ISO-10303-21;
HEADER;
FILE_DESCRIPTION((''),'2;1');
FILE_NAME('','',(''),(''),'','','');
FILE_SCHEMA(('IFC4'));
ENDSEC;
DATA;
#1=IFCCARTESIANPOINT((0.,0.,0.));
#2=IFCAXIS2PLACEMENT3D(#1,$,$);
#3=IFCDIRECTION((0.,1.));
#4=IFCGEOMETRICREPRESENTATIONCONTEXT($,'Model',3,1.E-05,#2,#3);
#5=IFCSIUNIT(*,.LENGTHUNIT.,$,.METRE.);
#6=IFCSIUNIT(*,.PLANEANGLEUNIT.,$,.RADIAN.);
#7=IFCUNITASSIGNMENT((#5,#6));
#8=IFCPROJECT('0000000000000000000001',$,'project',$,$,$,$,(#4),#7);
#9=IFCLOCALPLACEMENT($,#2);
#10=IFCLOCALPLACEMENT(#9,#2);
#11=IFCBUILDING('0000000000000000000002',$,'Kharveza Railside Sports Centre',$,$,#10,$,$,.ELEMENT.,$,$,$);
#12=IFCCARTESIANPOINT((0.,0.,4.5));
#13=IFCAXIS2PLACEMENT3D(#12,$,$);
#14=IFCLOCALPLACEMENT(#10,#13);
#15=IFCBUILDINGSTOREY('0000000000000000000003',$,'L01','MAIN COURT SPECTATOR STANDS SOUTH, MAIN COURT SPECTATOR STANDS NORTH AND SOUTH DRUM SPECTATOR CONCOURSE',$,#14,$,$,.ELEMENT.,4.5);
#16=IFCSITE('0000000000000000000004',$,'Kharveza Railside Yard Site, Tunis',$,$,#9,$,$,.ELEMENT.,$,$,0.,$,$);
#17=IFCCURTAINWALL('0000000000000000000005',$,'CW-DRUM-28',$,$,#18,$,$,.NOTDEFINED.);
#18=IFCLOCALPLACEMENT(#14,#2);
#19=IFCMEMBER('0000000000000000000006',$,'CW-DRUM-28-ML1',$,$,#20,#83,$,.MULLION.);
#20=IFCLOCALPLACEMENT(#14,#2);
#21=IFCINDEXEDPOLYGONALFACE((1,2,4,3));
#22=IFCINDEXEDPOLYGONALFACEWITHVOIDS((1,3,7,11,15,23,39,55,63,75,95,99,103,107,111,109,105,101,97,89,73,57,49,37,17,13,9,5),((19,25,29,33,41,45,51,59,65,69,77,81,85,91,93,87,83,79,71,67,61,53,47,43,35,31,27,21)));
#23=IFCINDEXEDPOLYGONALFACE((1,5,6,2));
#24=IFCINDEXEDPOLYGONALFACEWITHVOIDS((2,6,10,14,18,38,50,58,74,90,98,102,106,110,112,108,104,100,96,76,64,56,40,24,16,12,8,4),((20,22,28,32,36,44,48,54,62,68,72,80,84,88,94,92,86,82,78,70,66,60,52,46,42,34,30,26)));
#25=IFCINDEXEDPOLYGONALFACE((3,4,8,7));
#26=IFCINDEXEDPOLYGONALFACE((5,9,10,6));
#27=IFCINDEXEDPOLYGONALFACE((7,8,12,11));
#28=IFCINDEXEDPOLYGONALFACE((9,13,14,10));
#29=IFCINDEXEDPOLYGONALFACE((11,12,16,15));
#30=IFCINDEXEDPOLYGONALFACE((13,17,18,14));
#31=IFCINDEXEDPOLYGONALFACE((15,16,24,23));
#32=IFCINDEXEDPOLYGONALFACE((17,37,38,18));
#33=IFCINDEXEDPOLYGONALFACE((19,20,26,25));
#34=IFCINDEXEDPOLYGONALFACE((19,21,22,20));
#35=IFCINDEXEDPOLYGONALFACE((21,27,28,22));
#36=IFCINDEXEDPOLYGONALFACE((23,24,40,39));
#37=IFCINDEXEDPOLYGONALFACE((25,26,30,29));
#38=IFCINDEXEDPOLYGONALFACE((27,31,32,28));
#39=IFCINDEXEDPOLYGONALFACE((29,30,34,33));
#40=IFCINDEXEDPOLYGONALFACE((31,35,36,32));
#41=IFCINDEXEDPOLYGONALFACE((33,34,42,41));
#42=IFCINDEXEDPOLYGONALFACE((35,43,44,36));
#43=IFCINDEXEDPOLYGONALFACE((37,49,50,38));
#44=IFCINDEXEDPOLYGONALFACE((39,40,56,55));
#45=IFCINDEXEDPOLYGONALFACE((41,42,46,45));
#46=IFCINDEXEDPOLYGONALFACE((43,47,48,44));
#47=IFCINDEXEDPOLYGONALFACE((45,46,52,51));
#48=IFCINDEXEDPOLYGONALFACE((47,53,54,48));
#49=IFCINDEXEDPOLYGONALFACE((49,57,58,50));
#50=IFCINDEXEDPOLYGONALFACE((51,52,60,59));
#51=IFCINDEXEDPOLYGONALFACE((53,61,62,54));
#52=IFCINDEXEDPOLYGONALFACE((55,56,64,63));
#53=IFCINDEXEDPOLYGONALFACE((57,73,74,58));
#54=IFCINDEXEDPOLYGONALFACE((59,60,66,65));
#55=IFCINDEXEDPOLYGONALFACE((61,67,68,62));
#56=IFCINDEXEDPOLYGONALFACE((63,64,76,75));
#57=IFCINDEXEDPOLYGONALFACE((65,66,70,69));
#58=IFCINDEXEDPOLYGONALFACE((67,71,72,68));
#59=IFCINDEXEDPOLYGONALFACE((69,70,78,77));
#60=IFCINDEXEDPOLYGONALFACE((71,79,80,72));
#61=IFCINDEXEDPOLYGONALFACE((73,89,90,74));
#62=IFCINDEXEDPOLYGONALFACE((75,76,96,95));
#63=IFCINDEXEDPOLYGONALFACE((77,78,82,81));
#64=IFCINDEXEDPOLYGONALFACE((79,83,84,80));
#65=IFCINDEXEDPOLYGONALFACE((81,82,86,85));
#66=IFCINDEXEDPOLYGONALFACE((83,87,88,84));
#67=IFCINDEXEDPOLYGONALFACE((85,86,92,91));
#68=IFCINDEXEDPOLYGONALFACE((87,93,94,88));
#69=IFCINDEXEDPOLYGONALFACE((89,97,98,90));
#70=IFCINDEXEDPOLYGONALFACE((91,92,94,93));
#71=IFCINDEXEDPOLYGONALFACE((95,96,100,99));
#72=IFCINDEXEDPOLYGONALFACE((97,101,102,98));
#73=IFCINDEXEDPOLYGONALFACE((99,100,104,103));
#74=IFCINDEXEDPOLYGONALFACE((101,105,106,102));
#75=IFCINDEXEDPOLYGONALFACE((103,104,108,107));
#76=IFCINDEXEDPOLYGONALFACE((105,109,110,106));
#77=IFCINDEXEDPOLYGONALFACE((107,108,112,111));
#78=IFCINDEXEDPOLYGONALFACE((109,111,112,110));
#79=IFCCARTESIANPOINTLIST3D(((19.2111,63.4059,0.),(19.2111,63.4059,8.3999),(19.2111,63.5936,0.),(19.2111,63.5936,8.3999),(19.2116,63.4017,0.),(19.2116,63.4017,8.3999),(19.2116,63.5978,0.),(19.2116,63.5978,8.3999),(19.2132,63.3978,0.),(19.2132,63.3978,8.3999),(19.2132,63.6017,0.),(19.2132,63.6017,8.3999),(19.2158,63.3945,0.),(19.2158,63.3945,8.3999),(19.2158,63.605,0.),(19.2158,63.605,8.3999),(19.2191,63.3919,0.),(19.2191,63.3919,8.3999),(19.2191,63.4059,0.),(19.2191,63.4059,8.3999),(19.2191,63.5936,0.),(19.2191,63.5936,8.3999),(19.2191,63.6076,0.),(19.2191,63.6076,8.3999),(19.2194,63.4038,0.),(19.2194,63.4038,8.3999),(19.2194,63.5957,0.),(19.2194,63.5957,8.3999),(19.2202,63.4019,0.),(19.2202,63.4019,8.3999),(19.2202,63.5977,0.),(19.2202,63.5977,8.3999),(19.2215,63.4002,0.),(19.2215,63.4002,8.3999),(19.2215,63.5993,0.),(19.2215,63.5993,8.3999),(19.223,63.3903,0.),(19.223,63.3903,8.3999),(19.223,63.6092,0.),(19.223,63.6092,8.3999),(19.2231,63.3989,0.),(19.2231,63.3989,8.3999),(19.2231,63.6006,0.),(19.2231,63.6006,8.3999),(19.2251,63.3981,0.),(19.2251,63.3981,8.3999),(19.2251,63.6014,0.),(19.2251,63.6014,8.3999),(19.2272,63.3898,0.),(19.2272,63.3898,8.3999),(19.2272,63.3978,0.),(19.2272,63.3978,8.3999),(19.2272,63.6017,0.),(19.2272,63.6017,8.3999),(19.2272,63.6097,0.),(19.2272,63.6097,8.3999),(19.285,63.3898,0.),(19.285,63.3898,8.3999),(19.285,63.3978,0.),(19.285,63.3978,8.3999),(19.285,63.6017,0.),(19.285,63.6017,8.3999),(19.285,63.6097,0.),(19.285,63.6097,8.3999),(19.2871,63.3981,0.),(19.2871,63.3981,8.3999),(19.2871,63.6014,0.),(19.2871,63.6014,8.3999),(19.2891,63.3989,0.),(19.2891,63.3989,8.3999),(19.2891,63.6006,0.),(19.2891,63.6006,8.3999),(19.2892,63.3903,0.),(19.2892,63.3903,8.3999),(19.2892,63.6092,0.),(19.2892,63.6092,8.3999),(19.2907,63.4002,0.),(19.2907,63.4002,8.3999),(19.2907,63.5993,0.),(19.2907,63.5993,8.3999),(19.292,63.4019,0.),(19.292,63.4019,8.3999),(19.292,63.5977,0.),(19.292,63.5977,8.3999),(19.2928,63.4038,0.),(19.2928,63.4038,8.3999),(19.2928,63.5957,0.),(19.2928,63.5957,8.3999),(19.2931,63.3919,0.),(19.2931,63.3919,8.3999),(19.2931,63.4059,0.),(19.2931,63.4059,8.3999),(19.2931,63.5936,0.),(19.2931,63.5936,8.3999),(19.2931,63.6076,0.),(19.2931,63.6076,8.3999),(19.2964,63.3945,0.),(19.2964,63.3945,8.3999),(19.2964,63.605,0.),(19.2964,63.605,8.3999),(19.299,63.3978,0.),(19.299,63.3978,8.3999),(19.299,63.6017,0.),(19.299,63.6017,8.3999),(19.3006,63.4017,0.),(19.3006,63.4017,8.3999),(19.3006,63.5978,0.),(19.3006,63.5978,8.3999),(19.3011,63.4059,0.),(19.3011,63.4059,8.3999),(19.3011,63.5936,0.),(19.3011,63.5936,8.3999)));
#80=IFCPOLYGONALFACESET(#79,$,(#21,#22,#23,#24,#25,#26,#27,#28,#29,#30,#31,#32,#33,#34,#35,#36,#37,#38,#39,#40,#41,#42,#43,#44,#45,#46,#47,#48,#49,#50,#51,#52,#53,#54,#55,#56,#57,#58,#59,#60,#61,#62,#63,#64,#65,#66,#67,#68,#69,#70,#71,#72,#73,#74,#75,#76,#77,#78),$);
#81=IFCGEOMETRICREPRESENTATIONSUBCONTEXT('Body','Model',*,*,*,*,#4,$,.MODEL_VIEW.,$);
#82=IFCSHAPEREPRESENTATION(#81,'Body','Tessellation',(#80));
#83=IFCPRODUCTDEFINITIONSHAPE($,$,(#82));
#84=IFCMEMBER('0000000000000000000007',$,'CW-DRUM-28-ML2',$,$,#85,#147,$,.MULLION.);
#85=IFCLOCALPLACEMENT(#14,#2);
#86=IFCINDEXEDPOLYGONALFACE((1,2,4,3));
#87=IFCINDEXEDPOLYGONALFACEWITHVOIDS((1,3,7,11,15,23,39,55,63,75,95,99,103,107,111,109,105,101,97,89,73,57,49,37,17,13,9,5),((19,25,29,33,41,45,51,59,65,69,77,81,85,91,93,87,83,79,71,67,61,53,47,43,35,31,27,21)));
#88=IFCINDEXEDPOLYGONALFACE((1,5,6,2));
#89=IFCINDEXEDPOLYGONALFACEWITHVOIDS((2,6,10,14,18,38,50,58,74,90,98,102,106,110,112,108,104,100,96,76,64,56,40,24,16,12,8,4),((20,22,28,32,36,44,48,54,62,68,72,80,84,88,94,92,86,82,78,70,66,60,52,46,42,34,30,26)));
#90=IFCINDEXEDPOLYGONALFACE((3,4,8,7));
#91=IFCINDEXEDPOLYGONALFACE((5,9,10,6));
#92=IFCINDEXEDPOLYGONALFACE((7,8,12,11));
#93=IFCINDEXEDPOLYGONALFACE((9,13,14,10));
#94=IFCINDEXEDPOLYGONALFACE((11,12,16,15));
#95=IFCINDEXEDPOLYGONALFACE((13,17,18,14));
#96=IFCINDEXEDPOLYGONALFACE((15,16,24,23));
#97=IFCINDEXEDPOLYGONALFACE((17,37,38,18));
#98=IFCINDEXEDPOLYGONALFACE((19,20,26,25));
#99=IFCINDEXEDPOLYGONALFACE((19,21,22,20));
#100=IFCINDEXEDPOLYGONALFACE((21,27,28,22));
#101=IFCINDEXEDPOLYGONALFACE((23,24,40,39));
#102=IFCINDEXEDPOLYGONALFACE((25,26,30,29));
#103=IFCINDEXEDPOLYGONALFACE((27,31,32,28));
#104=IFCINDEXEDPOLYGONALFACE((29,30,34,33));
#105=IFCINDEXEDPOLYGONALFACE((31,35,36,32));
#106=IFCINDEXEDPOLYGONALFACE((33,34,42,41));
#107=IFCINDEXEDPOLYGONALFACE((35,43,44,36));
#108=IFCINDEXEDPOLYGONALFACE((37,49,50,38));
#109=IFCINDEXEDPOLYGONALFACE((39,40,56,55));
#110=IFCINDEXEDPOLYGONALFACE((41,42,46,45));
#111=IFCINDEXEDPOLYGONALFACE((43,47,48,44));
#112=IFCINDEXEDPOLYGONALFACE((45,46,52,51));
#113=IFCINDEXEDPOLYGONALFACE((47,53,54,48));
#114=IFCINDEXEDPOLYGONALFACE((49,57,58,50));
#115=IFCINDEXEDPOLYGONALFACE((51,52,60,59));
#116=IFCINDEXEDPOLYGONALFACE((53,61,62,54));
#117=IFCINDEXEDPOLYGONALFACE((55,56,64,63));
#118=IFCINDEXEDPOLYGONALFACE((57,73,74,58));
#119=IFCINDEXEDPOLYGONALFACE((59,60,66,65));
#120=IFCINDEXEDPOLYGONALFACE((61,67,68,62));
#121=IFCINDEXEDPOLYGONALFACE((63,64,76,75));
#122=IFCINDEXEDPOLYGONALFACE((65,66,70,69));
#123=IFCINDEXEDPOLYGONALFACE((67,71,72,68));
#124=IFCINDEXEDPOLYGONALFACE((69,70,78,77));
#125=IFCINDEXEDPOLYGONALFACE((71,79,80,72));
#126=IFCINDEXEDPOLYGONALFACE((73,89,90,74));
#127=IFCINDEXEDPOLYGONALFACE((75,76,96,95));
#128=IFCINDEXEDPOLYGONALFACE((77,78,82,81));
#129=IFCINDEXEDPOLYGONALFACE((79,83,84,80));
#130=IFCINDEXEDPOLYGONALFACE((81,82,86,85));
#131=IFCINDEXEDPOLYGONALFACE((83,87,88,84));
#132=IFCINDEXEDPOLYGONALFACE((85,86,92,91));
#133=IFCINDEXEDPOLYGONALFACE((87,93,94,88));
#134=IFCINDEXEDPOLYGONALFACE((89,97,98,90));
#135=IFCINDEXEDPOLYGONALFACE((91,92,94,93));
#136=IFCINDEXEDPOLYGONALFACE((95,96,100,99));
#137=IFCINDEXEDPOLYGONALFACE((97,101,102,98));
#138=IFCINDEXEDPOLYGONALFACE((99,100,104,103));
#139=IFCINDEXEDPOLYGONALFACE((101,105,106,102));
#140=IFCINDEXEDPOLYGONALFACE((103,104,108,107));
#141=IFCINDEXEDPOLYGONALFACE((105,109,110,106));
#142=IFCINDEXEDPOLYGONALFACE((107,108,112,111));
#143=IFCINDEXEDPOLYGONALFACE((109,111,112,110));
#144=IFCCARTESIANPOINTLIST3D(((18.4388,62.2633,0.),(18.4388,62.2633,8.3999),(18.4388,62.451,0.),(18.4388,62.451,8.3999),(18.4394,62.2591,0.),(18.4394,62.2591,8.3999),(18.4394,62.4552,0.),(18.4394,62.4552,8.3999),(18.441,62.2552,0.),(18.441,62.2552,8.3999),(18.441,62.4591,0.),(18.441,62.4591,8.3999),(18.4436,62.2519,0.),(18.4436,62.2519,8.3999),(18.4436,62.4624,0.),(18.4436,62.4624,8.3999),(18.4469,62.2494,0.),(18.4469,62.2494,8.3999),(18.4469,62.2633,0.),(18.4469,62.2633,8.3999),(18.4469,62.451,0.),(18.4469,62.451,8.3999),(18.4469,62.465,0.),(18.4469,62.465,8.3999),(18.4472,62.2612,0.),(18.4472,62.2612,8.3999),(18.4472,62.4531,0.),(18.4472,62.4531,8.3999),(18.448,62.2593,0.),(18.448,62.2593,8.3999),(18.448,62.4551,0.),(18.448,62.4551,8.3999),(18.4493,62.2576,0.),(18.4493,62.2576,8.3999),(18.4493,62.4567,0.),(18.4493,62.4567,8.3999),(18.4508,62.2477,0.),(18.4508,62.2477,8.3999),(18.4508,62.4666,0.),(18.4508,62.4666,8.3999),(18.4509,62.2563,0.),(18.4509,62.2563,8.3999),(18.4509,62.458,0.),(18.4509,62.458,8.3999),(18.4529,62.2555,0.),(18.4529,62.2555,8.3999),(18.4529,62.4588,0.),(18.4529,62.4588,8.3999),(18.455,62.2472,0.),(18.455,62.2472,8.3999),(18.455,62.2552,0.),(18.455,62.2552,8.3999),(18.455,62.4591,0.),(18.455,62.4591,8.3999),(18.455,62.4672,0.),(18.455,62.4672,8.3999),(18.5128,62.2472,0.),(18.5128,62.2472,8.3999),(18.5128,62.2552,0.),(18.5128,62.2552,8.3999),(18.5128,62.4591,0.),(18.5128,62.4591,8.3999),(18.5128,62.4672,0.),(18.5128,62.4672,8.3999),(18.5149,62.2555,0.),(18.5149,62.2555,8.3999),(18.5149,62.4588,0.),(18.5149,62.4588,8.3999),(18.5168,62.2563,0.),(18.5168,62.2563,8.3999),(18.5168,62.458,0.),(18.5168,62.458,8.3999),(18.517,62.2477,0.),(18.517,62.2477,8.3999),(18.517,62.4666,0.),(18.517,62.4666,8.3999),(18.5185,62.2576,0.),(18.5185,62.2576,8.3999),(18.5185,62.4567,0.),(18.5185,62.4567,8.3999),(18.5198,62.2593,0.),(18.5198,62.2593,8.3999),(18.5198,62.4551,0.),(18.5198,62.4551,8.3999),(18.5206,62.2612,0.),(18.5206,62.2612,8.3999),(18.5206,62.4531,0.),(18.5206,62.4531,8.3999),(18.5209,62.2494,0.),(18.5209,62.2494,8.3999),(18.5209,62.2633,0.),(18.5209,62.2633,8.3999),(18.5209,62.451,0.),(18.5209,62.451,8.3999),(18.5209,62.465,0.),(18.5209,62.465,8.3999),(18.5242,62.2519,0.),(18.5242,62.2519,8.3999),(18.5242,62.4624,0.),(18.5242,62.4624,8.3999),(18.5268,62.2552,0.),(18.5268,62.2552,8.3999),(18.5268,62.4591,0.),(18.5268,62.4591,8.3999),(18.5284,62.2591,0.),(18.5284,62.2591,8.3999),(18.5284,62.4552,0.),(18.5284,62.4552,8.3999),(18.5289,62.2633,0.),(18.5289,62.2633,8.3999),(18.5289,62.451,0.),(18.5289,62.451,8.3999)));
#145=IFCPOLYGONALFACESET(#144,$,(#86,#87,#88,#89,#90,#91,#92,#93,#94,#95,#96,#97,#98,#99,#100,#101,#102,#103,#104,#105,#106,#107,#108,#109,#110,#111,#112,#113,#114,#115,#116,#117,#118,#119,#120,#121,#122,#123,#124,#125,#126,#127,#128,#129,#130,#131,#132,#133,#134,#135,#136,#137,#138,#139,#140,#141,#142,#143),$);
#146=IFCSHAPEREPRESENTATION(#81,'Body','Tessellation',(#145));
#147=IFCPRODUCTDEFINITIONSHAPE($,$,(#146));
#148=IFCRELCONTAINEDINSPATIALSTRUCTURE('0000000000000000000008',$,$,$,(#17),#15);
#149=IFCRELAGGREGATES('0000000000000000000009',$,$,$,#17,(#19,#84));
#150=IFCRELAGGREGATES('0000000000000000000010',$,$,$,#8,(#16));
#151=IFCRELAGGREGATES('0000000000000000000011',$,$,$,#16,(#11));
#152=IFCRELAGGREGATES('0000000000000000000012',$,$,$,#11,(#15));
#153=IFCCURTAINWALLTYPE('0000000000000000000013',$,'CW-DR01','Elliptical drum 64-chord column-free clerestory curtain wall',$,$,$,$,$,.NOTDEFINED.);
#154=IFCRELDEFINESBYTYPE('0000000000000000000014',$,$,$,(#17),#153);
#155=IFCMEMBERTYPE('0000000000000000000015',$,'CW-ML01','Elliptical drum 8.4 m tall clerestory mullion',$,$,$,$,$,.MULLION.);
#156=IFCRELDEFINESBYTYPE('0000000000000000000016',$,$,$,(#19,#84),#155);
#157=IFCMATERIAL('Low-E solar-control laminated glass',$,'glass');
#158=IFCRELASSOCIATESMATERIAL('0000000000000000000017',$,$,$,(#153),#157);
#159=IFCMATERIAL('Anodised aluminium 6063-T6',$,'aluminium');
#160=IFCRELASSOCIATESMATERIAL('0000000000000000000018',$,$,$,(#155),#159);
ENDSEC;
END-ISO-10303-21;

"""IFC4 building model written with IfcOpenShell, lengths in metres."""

from ifc_helpers import new_model, si_unit, direction, frame, origin, origin_2d, place, context, subcontext, project, spatial, hollow_rectangle, extrude, material, material_profile, profile_set, type_object, element, aggregate, save


model = new_model("IFC4")

# Units and contexts
model_context = context("Model", 3, precision=1e-05, world=origin(), true_north=direction((0.0, 1.0)))
body_context = subcontext(model_context, "Body", "Model", "MODEL_VIEW")
ifc_project = project(units=[si_unit("LENGTHUNIT", "METRE"), si_unit("PLANEANGLEUNIT", "RADIAN")], contexts=[model_context])

# Site, building, storey
site_placement = place(None, origin())
site = spatial("IfcSite", under=ifc_project, at=site_placement, Name="Kharveza Railside Yard Site, Tunis", CompositionType="ELEMENT", RefElevation=0.0)
building_placement = place(site_placement, origin())
building = spatial("IfcBuilding", under=site, at=building_placement, Name="Kharveza Railside Sports Centre", CompositionType="ELEMENT")
storey_placement = place(building_placement, frame((0.0, 0.0, 4.5)))
storey = spatial("IfcBuildingStorey", under=building, at=storey_placement, Name="L01", Description="MAIN COURT SPECTATOR STANDS SOUTH, MAIN COURT SPECTATOR STANDS NORTH AND SOUTH DRUM SPECTATOR CONCOURSE", CompositionType="ELEMENT", Elevation=4.5)

# Curtain wall, members
ifc_material_1 = material(Name="Low-E solar-control laminated glass", Category="glass")
curtain_wall_type = type_object("IfcCurtainWallType", Name="CW-DR01", Description="Elliptical drum 64-chord column-free clerestory curtain wall", PredefinedType="NOTDEFINED", material=ifc_material_1)
curtain_wall_1_placement = place(storey_placement, origin())
curtain_wall_1 = element("IfcCurtainWall", 1, at=curtain_wall_1_placement, inside=storey, type_object=curtain_wall_type, Name="CW-DRUM-28", PredefinedType="NOTDEFINED")
ifc_material_2 = material(Name="Anodised aluminium 6063-T6", Category="aluminium")
ifc_material_profile_1 = material_profile(ifc_material_2, hollow_rectangle(XDim=0.0901, YDim=0.22, WallThickness=0.0081, InnerFilletRadius=0.0081, OuterFilletRadius=0.0161, at=origin_2d()), Name="RHS 90x220x8.0")
ifc_profile_set_1 = profile_set([ifc_material_profile_1], Name="Anodised aluminium 6063-T6")
member_type_1 = type_object("IfcMemberType", Name="CW-ML01", Description="Elliptical drum 8.4 m tall clerestory mullion", PredefinedType="MULLION", material=ifc_profile_set_1)
member_1_placement = place(storey_placement, frame((19.2561, 63.4998, 0.0), z_axis=(0.0, 0.0, 1.0), x_axis=(1.0, 0.0, 0.0)))
member_1 = element("IfcMember", 2, at=member_1_placement, type_object=member_type_1, Name="CW-DRUM-28-ML1", PredefinedType="MULLION", context=body_context, shape_type="SweptSolid", body=[
    extrude(hollow_rectangle(XDim=0.0901, YDim=0.22, WallThickness=0.0081, InnerFilletRadius=0.0081, OuterFilletRadius=0.0161, at=origin_2d()), origin(), (0.0, 0.0, 1.0), 8.3999),
])
member_2_placement = place(storey_placement, frame((18.4839, 62.3572, 0.0), z_axis=(0.0, 0.0, 1.0), x_axis=(1.0, 0.0, 0.0)))
member_2 = element("IfcMember", 3, at=member_2_placement, type_object=member_type_1, Name="CW-DRUM-28-ML2", PredefinedType="MULLION", context=body_context, shape_type="SweptSolid", body=[
    extrude(hollow_rectangle(XDim=0.0901, YDim=0.22, WallThickness=0.0081, InnerFilletRadius=0.0081, OuterFilletRadius=0.0161, at=origin_2d()), origin(), (0.0, 0.0, 1.0), 8.3999),
])

aggregate(curtain_wall_1, [member_1, member_2])

save(model, "model.ifc")
